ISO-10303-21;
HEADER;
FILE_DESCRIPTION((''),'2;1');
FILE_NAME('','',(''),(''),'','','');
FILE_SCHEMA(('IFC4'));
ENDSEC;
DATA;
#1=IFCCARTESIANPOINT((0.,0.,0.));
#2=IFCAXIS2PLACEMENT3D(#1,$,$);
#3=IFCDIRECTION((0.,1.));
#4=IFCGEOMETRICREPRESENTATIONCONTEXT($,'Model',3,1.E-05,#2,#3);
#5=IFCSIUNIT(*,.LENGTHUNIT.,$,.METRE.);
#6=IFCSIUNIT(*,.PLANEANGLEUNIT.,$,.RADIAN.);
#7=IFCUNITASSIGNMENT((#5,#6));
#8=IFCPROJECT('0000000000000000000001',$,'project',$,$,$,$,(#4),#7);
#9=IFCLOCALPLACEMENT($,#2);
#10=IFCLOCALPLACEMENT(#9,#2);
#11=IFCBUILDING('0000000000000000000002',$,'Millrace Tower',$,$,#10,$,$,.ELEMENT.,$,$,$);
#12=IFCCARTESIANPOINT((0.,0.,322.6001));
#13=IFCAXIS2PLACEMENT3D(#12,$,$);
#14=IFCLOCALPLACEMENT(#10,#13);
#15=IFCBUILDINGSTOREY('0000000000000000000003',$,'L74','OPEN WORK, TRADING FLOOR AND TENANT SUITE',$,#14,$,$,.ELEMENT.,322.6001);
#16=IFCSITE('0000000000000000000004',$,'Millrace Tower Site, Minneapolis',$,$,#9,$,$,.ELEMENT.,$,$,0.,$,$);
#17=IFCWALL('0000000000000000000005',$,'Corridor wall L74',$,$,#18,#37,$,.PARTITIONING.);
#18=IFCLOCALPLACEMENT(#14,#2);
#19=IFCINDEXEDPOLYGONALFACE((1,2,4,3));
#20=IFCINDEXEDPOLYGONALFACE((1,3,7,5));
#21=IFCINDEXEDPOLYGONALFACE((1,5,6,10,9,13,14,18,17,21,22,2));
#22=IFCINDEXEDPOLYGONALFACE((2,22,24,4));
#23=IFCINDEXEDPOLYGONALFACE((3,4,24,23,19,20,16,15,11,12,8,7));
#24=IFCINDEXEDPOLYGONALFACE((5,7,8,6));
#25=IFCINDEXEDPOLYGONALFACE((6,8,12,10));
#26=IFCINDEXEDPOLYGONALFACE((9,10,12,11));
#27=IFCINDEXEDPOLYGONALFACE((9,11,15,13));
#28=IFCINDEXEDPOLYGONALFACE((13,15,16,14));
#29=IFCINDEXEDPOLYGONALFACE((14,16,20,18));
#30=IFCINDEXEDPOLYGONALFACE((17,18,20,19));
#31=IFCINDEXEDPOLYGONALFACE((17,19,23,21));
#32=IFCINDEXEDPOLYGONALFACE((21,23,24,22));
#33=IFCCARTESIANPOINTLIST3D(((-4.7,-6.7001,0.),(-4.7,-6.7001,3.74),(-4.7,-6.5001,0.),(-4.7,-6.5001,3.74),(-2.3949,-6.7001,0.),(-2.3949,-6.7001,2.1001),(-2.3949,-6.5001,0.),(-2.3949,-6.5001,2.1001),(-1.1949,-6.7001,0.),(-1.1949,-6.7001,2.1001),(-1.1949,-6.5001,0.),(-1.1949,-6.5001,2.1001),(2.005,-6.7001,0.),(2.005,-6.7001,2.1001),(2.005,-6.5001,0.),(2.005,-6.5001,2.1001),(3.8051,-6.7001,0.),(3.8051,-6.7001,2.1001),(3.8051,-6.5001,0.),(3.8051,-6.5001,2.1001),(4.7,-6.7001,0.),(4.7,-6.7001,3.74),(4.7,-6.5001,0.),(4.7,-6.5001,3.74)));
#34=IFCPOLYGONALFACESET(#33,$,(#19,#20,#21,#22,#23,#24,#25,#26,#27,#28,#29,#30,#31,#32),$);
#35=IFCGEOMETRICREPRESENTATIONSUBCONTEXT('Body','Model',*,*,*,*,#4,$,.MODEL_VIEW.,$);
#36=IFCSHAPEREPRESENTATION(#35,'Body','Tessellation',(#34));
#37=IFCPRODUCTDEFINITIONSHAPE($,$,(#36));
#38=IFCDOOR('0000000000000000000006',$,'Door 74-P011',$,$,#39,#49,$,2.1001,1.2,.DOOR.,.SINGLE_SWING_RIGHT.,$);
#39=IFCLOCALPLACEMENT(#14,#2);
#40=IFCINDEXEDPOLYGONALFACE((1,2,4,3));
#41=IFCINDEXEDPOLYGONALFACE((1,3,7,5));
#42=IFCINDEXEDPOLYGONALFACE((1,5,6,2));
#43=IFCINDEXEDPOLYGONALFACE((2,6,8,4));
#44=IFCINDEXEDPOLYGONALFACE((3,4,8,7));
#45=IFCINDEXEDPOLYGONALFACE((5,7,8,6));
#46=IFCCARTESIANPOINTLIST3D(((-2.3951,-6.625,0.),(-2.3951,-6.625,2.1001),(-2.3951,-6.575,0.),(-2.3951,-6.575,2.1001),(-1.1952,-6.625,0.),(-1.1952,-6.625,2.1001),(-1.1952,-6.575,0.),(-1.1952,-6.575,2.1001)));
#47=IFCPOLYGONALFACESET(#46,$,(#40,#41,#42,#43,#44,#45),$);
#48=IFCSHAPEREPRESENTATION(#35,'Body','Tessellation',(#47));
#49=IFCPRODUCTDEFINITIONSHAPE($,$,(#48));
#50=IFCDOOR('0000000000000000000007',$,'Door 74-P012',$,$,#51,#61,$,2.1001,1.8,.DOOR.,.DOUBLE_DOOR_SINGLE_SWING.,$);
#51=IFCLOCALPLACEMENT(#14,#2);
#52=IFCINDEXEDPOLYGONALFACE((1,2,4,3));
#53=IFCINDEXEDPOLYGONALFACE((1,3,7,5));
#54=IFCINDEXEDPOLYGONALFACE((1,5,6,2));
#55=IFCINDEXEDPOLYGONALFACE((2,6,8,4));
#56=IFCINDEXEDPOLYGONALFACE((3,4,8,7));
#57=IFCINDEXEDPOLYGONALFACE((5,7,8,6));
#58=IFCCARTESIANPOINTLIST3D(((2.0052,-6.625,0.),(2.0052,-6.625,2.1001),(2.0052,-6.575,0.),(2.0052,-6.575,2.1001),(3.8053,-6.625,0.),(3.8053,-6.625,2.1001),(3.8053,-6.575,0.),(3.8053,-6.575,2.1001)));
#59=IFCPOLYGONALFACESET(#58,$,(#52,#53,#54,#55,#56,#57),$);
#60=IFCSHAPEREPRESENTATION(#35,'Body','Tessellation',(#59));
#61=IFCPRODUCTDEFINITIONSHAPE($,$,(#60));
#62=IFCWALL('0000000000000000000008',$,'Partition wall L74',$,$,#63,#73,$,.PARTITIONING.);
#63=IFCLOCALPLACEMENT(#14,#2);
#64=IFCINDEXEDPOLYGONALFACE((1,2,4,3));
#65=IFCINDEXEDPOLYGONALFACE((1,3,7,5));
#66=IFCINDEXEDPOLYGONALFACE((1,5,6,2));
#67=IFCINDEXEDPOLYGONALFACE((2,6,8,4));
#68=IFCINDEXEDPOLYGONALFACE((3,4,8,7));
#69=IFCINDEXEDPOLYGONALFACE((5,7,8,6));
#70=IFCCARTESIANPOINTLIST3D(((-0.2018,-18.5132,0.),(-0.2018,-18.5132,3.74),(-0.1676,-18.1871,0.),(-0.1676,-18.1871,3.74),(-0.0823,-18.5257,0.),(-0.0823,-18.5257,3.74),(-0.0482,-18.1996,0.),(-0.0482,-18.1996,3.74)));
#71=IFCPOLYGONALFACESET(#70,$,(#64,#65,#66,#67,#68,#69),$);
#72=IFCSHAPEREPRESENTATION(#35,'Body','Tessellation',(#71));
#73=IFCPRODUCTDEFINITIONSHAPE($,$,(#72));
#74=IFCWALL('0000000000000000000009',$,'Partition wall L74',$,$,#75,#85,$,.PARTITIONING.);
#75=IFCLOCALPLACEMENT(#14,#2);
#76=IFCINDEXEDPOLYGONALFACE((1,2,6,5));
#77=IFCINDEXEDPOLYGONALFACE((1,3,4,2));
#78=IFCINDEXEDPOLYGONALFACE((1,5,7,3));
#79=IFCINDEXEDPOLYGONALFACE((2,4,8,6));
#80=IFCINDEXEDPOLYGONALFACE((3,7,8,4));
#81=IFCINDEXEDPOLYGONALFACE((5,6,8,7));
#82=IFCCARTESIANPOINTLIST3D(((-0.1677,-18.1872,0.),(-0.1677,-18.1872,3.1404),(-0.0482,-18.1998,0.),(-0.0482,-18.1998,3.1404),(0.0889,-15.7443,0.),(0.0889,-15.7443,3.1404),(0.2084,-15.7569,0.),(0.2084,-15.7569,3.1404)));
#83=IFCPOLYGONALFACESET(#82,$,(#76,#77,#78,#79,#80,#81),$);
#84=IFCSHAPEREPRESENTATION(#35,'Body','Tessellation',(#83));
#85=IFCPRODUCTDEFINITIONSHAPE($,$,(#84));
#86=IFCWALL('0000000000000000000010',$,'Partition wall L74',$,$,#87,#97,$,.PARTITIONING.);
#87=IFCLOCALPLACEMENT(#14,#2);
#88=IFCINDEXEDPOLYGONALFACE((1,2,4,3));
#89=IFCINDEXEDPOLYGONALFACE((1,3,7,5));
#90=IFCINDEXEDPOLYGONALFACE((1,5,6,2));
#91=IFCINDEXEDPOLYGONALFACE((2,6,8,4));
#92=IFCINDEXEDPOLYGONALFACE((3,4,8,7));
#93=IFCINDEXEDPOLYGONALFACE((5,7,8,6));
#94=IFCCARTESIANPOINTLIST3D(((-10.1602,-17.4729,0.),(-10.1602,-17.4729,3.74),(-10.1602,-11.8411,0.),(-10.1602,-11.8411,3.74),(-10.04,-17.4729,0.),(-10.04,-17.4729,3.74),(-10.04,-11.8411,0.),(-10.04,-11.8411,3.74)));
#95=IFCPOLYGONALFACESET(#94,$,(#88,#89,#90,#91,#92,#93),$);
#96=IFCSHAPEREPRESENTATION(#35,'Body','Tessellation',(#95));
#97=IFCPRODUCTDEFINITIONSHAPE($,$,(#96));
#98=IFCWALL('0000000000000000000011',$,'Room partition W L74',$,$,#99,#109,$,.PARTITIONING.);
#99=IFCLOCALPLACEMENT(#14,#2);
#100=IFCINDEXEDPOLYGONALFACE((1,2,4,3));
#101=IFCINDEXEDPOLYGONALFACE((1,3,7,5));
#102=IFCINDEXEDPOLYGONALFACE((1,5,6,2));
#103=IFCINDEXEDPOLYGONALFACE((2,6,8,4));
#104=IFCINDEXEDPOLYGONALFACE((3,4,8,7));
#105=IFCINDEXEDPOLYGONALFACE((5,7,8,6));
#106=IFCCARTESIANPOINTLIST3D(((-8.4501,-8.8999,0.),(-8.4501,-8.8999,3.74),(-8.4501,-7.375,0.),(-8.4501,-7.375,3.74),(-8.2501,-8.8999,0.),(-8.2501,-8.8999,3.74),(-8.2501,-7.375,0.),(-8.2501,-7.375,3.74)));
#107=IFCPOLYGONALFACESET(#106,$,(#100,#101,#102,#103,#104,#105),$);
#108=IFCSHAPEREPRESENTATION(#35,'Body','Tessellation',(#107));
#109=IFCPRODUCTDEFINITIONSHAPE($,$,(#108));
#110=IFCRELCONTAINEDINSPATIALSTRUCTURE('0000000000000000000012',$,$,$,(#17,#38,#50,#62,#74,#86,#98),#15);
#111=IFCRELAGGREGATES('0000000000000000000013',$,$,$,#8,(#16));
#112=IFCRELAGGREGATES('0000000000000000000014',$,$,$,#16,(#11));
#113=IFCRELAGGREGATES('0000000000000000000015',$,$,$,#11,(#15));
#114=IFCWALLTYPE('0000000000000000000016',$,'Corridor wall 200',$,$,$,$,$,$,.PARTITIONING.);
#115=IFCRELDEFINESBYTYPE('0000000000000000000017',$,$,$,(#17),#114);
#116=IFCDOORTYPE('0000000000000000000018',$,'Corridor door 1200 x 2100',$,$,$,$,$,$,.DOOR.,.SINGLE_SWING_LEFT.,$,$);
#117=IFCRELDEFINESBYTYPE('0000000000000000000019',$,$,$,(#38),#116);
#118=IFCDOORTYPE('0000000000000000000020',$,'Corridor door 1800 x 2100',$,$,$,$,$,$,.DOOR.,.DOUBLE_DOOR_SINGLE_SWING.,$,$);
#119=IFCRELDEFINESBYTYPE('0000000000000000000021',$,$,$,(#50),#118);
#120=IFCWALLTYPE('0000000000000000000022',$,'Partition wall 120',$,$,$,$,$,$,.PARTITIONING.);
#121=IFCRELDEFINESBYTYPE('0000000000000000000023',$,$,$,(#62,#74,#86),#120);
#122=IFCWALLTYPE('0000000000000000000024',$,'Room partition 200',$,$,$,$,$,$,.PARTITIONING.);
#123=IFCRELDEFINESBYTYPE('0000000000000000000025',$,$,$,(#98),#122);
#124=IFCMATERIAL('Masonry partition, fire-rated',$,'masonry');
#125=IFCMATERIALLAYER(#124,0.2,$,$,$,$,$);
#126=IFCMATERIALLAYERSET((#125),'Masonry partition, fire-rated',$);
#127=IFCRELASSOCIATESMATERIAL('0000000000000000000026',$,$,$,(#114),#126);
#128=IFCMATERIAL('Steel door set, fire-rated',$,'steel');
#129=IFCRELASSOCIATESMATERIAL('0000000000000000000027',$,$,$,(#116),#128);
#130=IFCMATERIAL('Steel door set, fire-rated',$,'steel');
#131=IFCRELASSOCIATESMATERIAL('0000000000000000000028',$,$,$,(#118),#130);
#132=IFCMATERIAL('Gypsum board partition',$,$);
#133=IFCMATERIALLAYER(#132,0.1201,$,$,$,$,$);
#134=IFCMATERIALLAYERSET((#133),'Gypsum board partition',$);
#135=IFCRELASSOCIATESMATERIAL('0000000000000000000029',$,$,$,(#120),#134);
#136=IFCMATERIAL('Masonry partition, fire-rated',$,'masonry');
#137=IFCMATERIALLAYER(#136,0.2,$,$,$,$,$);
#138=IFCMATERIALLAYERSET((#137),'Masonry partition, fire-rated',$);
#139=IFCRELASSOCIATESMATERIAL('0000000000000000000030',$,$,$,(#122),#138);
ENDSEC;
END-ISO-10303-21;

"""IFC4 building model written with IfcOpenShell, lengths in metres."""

from ifc_helpers import new_model, si_unit, direction, frame, frame_2d, origin, place, context, subcontext, project, spatial, rectangle, extrude, material, layer, layer_set, type_object, element, fill, save


model = new_model("IFC4")

# Units and contexts
model_context = context("Model", 3, precision=1e-05, world=origin(), true_north=direction((0.0, 1.0)))
body_context = subcontext(model_context, "Body", "Model", "MODEL_VIEW")
ifc_project = project(units=[si_unit("LENGTHUNIT", "METRE"), si_unit("PLANEANGLEUNIT", "RADIAN")], contexts=[model_context])

# Site, building, storey
site_placement = place(None, origin())
site = spatial("IfcSite", under=ifc_project, at=site_placement, Name="Millrace Tower Site, Minneapolis", CompositionType="ELEMENT", RefElevation=0.0)
building_placement = place(site_placement, origin())
building = spatial("IfcBuilding", under=site, at=building_placement, Name="Millrace Tower", CompositionType="ELEMENT")
storey_placement = place(building_placement, frame((0.0, 0.0, 322.6001)))
storey = spatial("IfcBuildingStorey", under=building, at=storey_placement, Name="L74", Description="OPEN WORK, TRADING FLOOR AND TENANT SUITE", CompositionType="ELEMENT", Elevation=322.6001)

# Wall, openings, doors
ifc_material_1 = material(Name="Masonry partition, fire-rated", Category="masonry")
ifc_layer_1 = layer(ifc_material_1, 0.2)
ifc_layer_set_1 = layer_set([ifc_layer_1], Name="Masonry partition, fire-rated")
wall_type_1 = type_object("IfcWallType", Name="Corridor wall 200", PredefinedType="PARTITIONING", material=ifc_layer_set_1)
wall_1_placement = place(storey_placement, frame((-4.7, -6.6001, 0.0), z_axis=(0.0, 0.0, 1.0), x_axis=(1.0, 0.0, 0.0)))
wall_1 = element("IfcWall", 1, at=wall_1_placement, inside=storey, type_object=wall_type_1, Name="Corridor wall L74", PredefinedType="PARTITIONING", context=body_context, shape_type="SweptSolid", body=[
    extrude(rectangle(XDim=9.3999, YDim=0.2, at=frame_2d((4.7, 0.0))), origin(), (0.0, 0.0, 1.0), 3.74),
])
opening_1_placement = place(wall_1_placement, frame((2.3049, 0.0, 0.0)))
opening_1 = element("IfcOpeningElement", 2, at=opening_1_placement, cuts=wall_1, PredefinedType="OPENING", context=body_context, shape_type="SweptSolid", body=[
    extrude(rectangle(XDim=1.2, YDim=2.1001, at=frame_2d((0.6001, 1.05))), frame((0.0, 0.1099, 0.0), z_axis=(0.0, -1.0, 0.0), x_axis=(1.0, 0.0, 0.0)), (0.0, 0.0, 1.0), 0.22),
])
opening_2_placement = place(wall_1_placement, frame((6.7051, 0.0, 0.0)))
opening_2 = element("IfcOpeningElement", 3, at=opening_2_placement, cuts=wall_1, PredefinedType="OPENING", context=body_context, shape_type="SweptSolid", body=[
    extrude(rectangle(XDim=1.8, YDim=2.1001, at=frame_2d((0.8999, 1.05))), frame((0.0, 0.1099, 0.0), z_axis=(0.0, -1.0, 0.0), x_axis=(1.0, 0.0, 0.0)), (0.0, 0.0, 1.0), 0.22),
])
ifc_material_2 = material(Name="Steel door set, fire-rated", Category="steel")
door_type_1 = type_object("IfcDoorType", Name="Corridor door 1200 x 2100", OperationType="SINGLE_SWING_LEFT", PredefinedType="DOOR", material=ifc_material_2)
door_1_placement = place(opening_1_placement, frame((1.2, 0.0, 0.0), z_axis=(0.0, 0.0, 1.0), x_axis=(-1.0, 0.0, 0.0)))
door_1 = element("IfcDoor", 4, at=door_1_placement, inside=storey, type_object=door_type_1, Name="Door 74-P011", OperationType="SINGLE_SWING_RIGHT", OverallHeight=2.1001, OverallWidth=1.2, PredefinedType="DOOR", context=body_context, shape_type="SweptSolid", body=[
    extrude(rectangle(XDim=1.2, YDim=2.1001, at=frame_2d((0.6001, 1.05))), frame((0.0, 0.0249, 0.0), z_axis=(0.0, -1.0, 0.0), x_axis=(1.0, 0.0, 0.0)), (0.0, 0.0, 1.0), 0.05),
])
fill(opening_1, door_1)
ifc_material_3 = material(Name="Steel door set, fire-rated", Category="steel")
door_type_2 = type_object("IfcDoorType", Name="Corridor door 1800 x 2100", OperationType="DOUBLE_DOOR_SINGLE_SWING", PredefinedType="DOOR", material=ifc_material_3)
door_2_placement = place(opening_2_placement, frame((1.8, 0.0, 0.0), z_axis=(0.0, 0.0, 1.0), x_axis=(-1.0, 0.0, 0.0)))
door_2 = element("IfcDoor", 5, at=door_2_placement, inside=storey, type_object=door_type_2, Name="Door 74-P012", OperationType="DOUBLE_DOOR_SINGLE_SWING", OverallHeight=2.1001, OverallWidth=1.8, PredefinedType="DOOR", context=body_context, shape_type="SweptSolid", body=[
    extrude(rectangle(XDim=1.8, YDim=2.1001, at=frame_2d((0.8999, 1.05))), frame((0.0, 0.0249, 0.0), z_axis=(0.0, -1.0, 0.0), x_axis=(1.0, 0.0, 0.0)), (0.0, 0.0, 1.0), 0.05),
])
fill(opening_2, door_2)

# Walls
ifc_material_4 = material(Name="Gypsum board partition")
ifc_layer_2 = layer(ifc_material_4, 0.1201)
ifc_layer_set_2 = layer_set([ifc_layer_2], Name="Gypsum board partition")
wall_type_2 = type_object("IfcWallType", Name="Partition wall 120", PredefinedType="PARTITIONING", material=ifc_layer_set_2)
wall_2_placement = place(storey_placement, frame((-0.1421, -18.5195, 0.0), z_axis=(0.0, 0.0, 1.0), x_axis=(0.10422, 0.994554, 0.0)))
element("IfcWall", 6, at=wall_2_placement, inside=storey, type_object=wall_type_2, Name="Partition wall L74", PredefinedType="PARTITIONING", context=body_context, shape_type="SweptSolid", body=[
    extrude(rectangle(XDim=0.3279, YDim=0.1201, at=frame_2d((0.1641, 0.0))), origin(), (0.0, 0.0, 1.0), 3.74),
])
wall_3_placement = place(storey_placement, frame((-0.1079, -18.1934, 0.0), z_axis=(0.0, 0.0, 1.0), x_axis=(0.104462, 0.994529, 0.0)))
element("IfcWall", 7, at=wall_3_placement, inside=storey, type_object=wall_type_2, Name="Partition wall L74", PredefinedType="PARTITIONING", context=body_context, shape_type="SweptSolid", body=[
    extrude(rectangle(XDim=2.4563, YDim=0.1201, at=frame_2d((1.228, 0.0))), origin(), (0.0, 0.0, 1.0), 3.1404),
])
wall_4_placement = place(storey_placement, frame((-10.1001, -17.4729, 0.0), z_axis=(0.0, 0.0, 1.0), x_axis=(0.0, 1.0, 0.0)))
element("IfcWall", 8, at=wall_4_placement, inside=storey, type_object=wall_type_2, Name="Partition wall L74", PredefinedType="PARTITIONING", context=body_context, shape_type="SweptSolid", body=[
    extrude(rectangle(XDim=5.6318, YDim=0.1201, at=frame_2d((2.8159, 0.0))), origin(), (0.0, 0.0, 1.0), 3.74),
])
ifc_material_5 = material(Name="Masonry partition, fire-rated", Category="masonry")
ifc_layer_3 = layer(ifc_material_5, 0.2)
ifc_layer_set_3 = layer_set([ifc_layer_3], Name="Masonry partition, fire-rated")
wall_type_3 = type_object("IfcWallType", Name="Room partition 200", PredefinedType="PARTITIONING", material=ifc_layer_set_3)
wall_5_placement = place(storey_placement, frame((-8.3501, -8.8999, 0.0), z_axis=(0.0, 0.0, 1.0), x_axis=(0.0, 1.0, 0.0)))
element("IfcWall", 9, at=wall_5_placement, inside=storey, type_object=wall_type_3, Name="Room partition W L74", PredefinedType="PARTITIONING", context=body_context, shape_type="SweptSolid", body=[
    extrude(rectangle(XDim=1.5249, YDim=0.2, at=frame_2d((0.7625, 0.0))), origin(), (0.0, 0.0, 1.0), 3.74),
])

save(model, "model.ifc")
